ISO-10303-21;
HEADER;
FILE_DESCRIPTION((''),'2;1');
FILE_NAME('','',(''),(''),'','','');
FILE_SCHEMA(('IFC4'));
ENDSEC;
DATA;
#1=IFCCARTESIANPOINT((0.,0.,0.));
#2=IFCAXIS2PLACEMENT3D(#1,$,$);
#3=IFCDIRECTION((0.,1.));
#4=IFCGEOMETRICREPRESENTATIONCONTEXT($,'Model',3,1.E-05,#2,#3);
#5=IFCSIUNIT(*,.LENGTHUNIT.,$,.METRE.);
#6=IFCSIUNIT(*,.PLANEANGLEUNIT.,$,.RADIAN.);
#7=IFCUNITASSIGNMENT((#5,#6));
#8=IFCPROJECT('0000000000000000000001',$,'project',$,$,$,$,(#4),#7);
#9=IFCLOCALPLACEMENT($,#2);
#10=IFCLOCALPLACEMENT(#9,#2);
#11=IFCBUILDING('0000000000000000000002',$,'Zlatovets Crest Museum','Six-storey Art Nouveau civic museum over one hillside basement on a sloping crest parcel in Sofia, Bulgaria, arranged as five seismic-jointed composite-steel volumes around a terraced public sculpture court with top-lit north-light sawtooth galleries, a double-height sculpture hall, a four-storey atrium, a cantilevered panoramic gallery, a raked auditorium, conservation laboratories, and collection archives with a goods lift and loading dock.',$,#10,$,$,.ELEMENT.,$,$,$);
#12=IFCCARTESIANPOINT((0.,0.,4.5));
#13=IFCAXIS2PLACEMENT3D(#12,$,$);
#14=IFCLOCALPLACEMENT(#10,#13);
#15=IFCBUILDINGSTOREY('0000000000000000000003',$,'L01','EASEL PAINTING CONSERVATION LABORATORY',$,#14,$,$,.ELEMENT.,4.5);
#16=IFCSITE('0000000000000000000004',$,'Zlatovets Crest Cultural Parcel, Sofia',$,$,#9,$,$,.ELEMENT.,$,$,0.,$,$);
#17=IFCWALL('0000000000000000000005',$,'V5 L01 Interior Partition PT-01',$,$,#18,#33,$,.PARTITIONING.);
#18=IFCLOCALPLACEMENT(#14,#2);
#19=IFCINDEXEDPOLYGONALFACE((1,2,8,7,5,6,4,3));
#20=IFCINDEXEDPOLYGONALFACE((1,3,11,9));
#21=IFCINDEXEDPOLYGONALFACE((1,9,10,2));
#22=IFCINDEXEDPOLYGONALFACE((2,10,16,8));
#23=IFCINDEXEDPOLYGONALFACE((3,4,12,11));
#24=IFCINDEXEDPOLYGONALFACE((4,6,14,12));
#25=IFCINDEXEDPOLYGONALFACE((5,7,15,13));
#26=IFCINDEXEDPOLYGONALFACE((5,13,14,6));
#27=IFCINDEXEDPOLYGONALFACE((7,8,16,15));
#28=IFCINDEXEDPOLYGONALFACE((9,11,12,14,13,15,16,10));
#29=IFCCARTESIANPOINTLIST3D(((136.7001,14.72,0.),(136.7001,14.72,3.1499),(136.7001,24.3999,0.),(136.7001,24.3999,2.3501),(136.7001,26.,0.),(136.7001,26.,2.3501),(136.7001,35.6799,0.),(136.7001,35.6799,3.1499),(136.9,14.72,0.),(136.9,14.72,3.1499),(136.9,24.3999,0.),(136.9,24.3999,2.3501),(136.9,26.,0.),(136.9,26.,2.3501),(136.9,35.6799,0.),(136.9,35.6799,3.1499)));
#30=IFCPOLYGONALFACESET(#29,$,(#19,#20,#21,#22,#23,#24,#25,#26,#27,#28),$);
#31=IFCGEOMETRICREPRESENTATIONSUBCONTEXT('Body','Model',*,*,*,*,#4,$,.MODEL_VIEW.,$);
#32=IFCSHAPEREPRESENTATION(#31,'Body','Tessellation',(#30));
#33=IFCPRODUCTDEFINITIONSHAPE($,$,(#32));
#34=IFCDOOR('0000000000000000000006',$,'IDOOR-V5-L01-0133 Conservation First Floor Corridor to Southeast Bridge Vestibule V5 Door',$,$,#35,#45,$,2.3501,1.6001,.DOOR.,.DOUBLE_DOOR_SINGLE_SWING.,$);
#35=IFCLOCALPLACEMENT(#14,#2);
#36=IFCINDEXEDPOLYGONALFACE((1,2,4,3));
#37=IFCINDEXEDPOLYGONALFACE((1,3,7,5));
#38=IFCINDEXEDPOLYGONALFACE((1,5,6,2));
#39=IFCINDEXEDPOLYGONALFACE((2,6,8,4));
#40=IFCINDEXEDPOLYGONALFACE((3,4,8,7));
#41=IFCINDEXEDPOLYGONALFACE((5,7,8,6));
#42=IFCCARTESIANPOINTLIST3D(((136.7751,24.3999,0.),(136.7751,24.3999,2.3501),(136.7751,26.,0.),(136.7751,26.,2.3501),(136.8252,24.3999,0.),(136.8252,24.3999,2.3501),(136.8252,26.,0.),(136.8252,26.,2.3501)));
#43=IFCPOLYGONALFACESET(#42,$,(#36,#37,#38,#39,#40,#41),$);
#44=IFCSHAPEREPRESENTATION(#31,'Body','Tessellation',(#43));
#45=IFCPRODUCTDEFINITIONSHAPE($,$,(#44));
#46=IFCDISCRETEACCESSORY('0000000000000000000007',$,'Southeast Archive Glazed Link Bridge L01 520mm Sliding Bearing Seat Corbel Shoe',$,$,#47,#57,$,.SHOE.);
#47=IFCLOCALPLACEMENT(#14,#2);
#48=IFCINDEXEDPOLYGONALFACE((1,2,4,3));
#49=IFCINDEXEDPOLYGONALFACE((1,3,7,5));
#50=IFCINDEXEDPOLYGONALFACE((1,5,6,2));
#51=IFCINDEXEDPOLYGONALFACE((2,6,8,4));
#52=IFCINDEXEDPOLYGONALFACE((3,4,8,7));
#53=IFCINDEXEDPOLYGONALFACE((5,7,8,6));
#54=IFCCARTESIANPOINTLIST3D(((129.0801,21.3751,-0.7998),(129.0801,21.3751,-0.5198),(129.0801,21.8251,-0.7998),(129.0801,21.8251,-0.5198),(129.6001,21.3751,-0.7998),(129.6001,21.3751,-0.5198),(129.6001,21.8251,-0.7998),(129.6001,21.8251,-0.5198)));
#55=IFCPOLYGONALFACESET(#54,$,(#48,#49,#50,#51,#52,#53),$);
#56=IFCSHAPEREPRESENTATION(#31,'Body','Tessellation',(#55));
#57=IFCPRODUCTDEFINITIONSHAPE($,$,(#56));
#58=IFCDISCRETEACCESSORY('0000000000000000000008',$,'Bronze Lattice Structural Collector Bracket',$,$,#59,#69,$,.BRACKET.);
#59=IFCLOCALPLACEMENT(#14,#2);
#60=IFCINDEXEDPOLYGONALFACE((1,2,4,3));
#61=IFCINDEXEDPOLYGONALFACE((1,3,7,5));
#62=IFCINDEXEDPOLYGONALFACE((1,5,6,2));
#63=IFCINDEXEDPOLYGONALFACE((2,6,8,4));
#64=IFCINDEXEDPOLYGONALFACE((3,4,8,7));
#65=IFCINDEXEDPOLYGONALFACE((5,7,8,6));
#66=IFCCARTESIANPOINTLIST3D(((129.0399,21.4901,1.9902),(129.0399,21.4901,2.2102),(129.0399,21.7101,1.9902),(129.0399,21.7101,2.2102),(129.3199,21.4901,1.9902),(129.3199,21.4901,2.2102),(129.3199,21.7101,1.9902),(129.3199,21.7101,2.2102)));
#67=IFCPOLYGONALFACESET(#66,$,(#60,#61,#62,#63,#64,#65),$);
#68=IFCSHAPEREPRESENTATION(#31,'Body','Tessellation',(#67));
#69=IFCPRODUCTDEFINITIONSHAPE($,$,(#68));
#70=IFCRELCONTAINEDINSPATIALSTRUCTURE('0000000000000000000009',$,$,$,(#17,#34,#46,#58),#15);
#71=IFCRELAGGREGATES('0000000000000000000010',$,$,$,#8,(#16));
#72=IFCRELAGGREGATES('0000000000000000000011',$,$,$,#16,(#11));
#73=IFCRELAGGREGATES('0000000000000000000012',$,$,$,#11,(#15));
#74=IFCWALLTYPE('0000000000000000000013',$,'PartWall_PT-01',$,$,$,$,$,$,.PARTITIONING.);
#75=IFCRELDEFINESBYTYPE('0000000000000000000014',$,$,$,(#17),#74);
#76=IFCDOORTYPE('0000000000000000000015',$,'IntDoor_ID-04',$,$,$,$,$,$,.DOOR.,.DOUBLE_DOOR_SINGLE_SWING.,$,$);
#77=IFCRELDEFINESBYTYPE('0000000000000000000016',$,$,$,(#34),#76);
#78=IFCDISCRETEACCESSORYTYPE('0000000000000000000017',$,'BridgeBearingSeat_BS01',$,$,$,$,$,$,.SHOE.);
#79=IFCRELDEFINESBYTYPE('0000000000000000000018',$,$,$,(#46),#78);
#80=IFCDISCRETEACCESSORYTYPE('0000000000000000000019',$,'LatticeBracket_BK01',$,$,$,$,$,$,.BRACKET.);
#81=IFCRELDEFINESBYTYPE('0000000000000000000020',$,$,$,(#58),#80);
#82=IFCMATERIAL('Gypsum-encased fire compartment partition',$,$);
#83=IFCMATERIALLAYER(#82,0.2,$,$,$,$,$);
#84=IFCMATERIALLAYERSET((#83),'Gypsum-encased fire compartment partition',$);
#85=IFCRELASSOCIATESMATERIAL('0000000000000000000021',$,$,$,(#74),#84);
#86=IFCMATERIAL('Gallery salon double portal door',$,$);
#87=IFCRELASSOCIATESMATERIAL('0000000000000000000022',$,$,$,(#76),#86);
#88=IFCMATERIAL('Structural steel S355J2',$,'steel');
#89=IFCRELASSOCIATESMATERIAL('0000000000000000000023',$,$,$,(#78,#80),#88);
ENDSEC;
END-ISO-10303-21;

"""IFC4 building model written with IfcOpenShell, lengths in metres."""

from ifc_helpers import new_model, si_unit, direction, frame, frame_2d, origin, origin_2d, place, context, subcontext, project, spatial, rectangle, extrude, material, layer, layer_set, type_object, element, fill, save


model = new_model("IFC4")

# Units and contexts
model_context = context("Model", 3, precision=1e-05, world=origin(), true_north=direction((0.0, 1.0)))
body_context = subcontext(model_context, "Body", "Model", "MODEL_VIEW")
ifc_project = project(units=[si_unit("LENGTHUNIT", "METRE"), si_unit("PLANEANGLEUNIT", "RADIAN")], contexts=[model_context])

# Site, building, storey
site_placement = place(None, origin())
site = spatial("IfcSite", under=ifc_project, at=site_placement, Name="Zlatovets Crest Cultural Parcel, Sofia", CompositionType="ELEMENT", RefElevation=0.0)
building_placement = place(site_placement, origin())
building = spatial("IfcBuilding", under=site, at=building_placement, Name="Zlatovets Crest Museum", Description="Six-storey Art Nouveau civic museum over one hillside basement on a sloping crest parcel in Sofia, Bulgaria, arranged as five seismic-jointed composite-steel volumes around a terraced public sculpture court with top-lit north-light sawtooth galleries, a double-height sculpture hall, a four-storey atrium, a cantilevered panoramic gallery, a raked auditorium, conservation laboratories, and collection archives with a goods lift and loading dock.", CompositionType="ELEMENT")
storey_placement = place(building_placement, frame((0.0, 0.0, 4.5)))
storey = spatial("IfcBuildingStorey", under=building, at=storey_placement, Name="L01", Description="EASEL PAINTING CONSERVATION LABORATORY", CompositionType="ELEMENT", Elevation=4.5)

# Shared definitions
ifc_material_1 = material(Name="Structural steel S355J2", Category="steel")

# Wall, opening, door
ifc_material_2 = material(Name="Gypsum-encased fire compartment partition")
ifc_layer_1 = layer(ifc_material_2, 0.2)
ifc_layer_set_1 = layer_set([ifc_layer_1], Name="Gypsum-encased fire compartment partition")
wall_type_1 = type_object("IfcWallType", Name="PartWall_PT-01", PredefinedType="PARTITIONING", material=ifc_layer_set_1)
wall_1_placement = place(storey_placement, frame((136.8, 14.72, 0.0), z_axis=(0.0, 0.0, 1.0), x_axis=(0.0, 1.0, 0.0)))
wall_1 = element("IfcWall", 1, at=wall_1_placement, inside=storey, type_object=wall_type_1, Name="V5 L01 Interior Partition PT-01", PredefinedType="PARTITIONING", context=body_context, shape_type="SweptSolid", body=[
    extrude(rectangle(XDim=20.96, YDim=0.2, at=frame_2d((10.48, 0.0))), origin(), (0.0, 0.0, 1.0), 3.1499),
])
opening_placement = place(wall_1_placement, frame((9.6799, 0.0, 0.0)))
opening = element("IfcOpeningElement", 2, at=opening_placement, cuts=wall_1, PredefinedType="OPENING", context=body_context, shape_type="SweptSolid", body=[
    extrude(rectangle(XDim=1.6001, YDim=2.3501, at=frame_2d((0.8, 1.175))), frame((0.0, 0.1099, 0.0), z_axis=(0.0, -1.0, 0.0), x_axis=(1.0, 0.0, 0.0)), (0.0, 0.0, 1.0), 0.22),
])
ifc_material_3 = material(Name="Gallery salon double portal door")
door_type = type_object("IfcDoorType", Name="IntDoor_ID-04", OperationType="DOUBLE_DOOR_SINGLE_SWING", PredefinedType="DOOR", material=ifc_material_3)
door_placement = place(opening_placement, origin())
door = element("IfcDoor", 3, at=door_placement, inside=storey, type_object=door_type, Name="IDOOR-V5-L01-0133 Conservation First Floor Corridor to Southeast Bridge Vestibule V5 Door", OperationType="DOUBLE_DOOR_SINGLE_SWING", OverallHeight=2.3501, OverallWidth=1.6001, PredefinedType="DOOR", context=body_context, shape_type="SweptSolid", body=[
    extrude(rectangle(XDim=1.6001, YDim=2.3501, at=frame_2d((0.8, 1.175))), frame((0.0, 0.0249, 0.0), z_axis=(0.0, -1.0, 0.0), x_axis=(1.0, 0.0, 0.0)), (0.0, 0.0, 1.0), 0.05),
])
fill(opening, door)

# Discrete accessories
discrete_accessory_type_1 = type_object("IfcDiscreteAccessoryType", Name="BridgeBearingSeat_BS01", PredefinedType="SHOE", material=ifc_material_1)
discrete_accessory_1_placement = place(storey_placement, frame((129.3401, 21.6001, -0.7998), z_axis=(0.0, 0.0, 1.0), x_axis=(1.0, 0.0, 0.0)))
element("IfcDiscreteAccessory", 4, at=discrete_accessory_1_placement, inside=storey, type_object=discrete_accessory_type_1, Name="Southeast Archive Glazed Link Bridge L01 520mm Sliding Bearing Seat Corbel Shoe", PredefinedType="SHOE", context=body_context, shape_type="SweptSolid", body=[
    extrude(rectangle(XDim=0.52, YDim=0.45, at=origin_2d()), origin(), (0.0, 0.0, 1.0), 0.28),
])
discrete_accessory_type_2 = type_object("IfcDiscreteAccessoryType", Name="LatticeBracket_BK01", PredefinedType="BRACKET", material=ifc_material_1)
discrete_accessory_2_placement = place(storey_placement, frame((129.1799, 21.6001, 1.9902), z_axis=(0.0, 0.0, 1.0), x_axis=(1.0, 0.0, 0.0)))
element("IfcDiscreteAccessory", 5, at=discrete_accessory_2_placement, inside=storey, type_object=discrete_accessory_type_2, Name="Bronze Lattice Structural Collector Bracket", PredefinedType="BRACKET", context=body_context, shape_type="SweptSolid", body=[
    extrude(rectangle(XDim=0.28, YDim=0.22, at=origin_2d()), origin(), (0.0, 0.0, 1.0), 0.22),
])

save(model, "model.ifc")
